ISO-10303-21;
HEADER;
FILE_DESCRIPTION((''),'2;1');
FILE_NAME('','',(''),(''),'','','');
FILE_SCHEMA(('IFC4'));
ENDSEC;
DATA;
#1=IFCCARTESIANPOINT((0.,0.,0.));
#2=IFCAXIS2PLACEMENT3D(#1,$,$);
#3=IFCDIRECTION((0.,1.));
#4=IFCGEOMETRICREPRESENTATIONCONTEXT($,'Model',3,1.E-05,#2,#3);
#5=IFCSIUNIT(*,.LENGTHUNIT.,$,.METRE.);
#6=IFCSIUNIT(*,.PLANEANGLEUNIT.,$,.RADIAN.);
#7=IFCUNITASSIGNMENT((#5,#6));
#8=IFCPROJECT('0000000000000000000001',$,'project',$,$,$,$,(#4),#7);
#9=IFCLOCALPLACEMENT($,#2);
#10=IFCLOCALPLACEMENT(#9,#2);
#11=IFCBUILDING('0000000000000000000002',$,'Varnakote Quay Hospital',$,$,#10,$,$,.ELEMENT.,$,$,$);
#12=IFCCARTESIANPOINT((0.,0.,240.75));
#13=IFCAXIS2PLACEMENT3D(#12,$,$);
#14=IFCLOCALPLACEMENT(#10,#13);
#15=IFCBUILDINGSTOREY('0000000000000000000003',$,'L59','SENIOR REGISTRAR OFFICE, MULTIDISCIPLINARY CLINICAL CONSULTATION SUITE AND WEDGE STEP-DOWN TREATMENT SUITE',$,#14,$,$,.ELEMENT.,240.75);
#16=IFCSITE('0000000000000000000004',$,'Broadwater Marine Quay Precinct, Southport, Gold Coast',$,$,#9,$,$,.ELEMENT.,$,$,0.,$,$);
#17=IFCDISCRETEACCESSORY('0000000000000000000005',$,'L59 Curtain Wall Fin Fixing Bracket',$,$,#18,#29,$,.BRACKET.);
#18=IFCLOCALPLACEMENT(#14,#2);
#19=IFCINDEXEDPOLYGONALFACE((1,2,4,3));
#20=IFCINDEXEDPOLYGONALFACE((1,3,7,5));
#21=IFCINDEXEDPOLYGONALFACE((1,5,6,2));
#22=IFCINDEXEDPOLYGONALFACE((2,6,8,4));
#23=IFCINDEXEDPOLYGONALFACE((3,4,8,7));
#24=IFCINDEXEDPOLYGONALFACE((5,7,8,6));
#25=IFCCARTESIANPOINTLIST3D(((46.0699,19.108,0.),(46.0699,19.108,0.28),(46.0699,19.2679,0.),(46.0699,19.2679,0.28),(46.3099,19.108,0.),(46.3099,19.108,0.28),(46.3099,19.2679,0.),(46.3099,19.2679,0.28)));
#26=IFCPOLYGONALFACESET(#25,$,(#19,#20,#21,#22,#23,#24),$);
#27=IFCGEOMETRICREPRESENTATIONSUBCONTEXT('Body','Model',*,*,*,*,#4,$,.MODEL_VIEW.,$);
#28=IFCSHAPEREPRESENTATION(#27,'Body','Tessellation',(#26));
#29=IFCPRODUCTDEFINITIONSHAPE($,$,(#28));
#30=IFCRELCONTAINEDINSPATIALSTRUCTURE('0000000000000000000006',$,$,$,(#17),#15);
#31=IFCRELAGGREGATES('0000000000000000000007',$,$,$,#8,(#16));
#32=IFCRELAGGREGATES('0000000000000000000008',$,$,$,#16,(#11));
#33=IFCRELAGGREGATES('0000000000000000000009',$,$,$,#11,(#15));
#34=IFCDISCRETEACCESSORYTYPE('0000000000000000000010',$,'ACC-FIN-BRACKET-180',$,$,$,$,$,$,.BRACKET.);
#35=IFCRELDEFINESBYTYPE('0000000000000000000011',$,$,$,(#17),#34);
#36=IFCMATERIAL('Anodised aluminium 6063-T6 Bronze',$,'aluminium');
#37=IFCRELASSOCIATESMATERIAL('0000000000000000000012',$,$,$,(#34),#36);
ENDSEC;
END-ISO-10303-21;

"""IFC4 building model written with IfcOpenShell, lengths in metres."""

from ifc_helpers import new_model, si_unit, direction, frame, origin, origin_2d, place, context, subcontext, project, spatial, rectangle, extrude, material, type_object, element, save


model = new_model("IFC4")

# Units and contexts
model_context = context("Model", 3, precision=1e-05, world=origin(), true_north=direction((0.0, 1.0)))
body_context = subcontext(model_context, "Body", "Model", "MODEL_VIEW")
ifc_project = project(units=[si_unit("LENGTHUNIT", "METRE"), si_unit("PLANEANGLEUNIT", "RADIAN")], contexts=[model_context])

# Site, building, storey
site_placement = place(None, origin())
site = spatial("IfcSite", under=ifc_project, at=site_placement, Name="Broadwater Marine Quay Precinct, Southport, Gold Coast", CompositionType="ELEMENT", RefElevation=0.0)
building_placement = place(site_placement, origin())
building = spatial("IfcBuilding", under=site, at=building_placement, Name="Varnakote Quay Hospital", CompositionType="ELEMENT")
storey_placement = place(building_placement, frame((0.0, 0.0, 240.75)))
storey = spatial("IfcBuildingStorey", under=building, at=storey_placement, Name="L59", Description="SENIOR REGISTRAR OFFICE, MULTIDISCIPLINARY CLINICAL CONSULTATION SUITE AND WEDGE STEP-DOWN TREATMENT SUITE", CompositionType="ELEMENT", Elevation=240.75)

# Discrete accessory
ifc_material_1 = material(Name="Anodised aluminium 6063-T6 Bronze", Category="aluminium")
discrete_accessory_type = type_object("IfcDiscreteAccessoryType", Name="ACC-FIN-BRACKET-180", PredefinedType="BRACKET", material=ifc_material_1)
for number, where, z_axis, x_axis, name in (
    (1, (46.1899, 19.188, 0.0), (0.0, 0.0, 1.0), (0.0, 1.0, 0.0), "L59 Curtain Wall Fin Fixing Bracket"),
):
    element("IfcDiscreteAccessory", number, at=place(storey_placement, frame(where, z_axis=z_axis, x_axis=x_axis)), inside=storey, type_object=discrete_accessory_type, Name=name, PredefinedType="BRACKET", context=body_context, shape_type="SweptSolid", body=[
        extrude(rectangle(XDim=0.1599, YDim=0.24, at=origin_2d()), origin(), (0.0, 0.0, 1.0), 0.28),
    ])

save(model, "model.ifc")
